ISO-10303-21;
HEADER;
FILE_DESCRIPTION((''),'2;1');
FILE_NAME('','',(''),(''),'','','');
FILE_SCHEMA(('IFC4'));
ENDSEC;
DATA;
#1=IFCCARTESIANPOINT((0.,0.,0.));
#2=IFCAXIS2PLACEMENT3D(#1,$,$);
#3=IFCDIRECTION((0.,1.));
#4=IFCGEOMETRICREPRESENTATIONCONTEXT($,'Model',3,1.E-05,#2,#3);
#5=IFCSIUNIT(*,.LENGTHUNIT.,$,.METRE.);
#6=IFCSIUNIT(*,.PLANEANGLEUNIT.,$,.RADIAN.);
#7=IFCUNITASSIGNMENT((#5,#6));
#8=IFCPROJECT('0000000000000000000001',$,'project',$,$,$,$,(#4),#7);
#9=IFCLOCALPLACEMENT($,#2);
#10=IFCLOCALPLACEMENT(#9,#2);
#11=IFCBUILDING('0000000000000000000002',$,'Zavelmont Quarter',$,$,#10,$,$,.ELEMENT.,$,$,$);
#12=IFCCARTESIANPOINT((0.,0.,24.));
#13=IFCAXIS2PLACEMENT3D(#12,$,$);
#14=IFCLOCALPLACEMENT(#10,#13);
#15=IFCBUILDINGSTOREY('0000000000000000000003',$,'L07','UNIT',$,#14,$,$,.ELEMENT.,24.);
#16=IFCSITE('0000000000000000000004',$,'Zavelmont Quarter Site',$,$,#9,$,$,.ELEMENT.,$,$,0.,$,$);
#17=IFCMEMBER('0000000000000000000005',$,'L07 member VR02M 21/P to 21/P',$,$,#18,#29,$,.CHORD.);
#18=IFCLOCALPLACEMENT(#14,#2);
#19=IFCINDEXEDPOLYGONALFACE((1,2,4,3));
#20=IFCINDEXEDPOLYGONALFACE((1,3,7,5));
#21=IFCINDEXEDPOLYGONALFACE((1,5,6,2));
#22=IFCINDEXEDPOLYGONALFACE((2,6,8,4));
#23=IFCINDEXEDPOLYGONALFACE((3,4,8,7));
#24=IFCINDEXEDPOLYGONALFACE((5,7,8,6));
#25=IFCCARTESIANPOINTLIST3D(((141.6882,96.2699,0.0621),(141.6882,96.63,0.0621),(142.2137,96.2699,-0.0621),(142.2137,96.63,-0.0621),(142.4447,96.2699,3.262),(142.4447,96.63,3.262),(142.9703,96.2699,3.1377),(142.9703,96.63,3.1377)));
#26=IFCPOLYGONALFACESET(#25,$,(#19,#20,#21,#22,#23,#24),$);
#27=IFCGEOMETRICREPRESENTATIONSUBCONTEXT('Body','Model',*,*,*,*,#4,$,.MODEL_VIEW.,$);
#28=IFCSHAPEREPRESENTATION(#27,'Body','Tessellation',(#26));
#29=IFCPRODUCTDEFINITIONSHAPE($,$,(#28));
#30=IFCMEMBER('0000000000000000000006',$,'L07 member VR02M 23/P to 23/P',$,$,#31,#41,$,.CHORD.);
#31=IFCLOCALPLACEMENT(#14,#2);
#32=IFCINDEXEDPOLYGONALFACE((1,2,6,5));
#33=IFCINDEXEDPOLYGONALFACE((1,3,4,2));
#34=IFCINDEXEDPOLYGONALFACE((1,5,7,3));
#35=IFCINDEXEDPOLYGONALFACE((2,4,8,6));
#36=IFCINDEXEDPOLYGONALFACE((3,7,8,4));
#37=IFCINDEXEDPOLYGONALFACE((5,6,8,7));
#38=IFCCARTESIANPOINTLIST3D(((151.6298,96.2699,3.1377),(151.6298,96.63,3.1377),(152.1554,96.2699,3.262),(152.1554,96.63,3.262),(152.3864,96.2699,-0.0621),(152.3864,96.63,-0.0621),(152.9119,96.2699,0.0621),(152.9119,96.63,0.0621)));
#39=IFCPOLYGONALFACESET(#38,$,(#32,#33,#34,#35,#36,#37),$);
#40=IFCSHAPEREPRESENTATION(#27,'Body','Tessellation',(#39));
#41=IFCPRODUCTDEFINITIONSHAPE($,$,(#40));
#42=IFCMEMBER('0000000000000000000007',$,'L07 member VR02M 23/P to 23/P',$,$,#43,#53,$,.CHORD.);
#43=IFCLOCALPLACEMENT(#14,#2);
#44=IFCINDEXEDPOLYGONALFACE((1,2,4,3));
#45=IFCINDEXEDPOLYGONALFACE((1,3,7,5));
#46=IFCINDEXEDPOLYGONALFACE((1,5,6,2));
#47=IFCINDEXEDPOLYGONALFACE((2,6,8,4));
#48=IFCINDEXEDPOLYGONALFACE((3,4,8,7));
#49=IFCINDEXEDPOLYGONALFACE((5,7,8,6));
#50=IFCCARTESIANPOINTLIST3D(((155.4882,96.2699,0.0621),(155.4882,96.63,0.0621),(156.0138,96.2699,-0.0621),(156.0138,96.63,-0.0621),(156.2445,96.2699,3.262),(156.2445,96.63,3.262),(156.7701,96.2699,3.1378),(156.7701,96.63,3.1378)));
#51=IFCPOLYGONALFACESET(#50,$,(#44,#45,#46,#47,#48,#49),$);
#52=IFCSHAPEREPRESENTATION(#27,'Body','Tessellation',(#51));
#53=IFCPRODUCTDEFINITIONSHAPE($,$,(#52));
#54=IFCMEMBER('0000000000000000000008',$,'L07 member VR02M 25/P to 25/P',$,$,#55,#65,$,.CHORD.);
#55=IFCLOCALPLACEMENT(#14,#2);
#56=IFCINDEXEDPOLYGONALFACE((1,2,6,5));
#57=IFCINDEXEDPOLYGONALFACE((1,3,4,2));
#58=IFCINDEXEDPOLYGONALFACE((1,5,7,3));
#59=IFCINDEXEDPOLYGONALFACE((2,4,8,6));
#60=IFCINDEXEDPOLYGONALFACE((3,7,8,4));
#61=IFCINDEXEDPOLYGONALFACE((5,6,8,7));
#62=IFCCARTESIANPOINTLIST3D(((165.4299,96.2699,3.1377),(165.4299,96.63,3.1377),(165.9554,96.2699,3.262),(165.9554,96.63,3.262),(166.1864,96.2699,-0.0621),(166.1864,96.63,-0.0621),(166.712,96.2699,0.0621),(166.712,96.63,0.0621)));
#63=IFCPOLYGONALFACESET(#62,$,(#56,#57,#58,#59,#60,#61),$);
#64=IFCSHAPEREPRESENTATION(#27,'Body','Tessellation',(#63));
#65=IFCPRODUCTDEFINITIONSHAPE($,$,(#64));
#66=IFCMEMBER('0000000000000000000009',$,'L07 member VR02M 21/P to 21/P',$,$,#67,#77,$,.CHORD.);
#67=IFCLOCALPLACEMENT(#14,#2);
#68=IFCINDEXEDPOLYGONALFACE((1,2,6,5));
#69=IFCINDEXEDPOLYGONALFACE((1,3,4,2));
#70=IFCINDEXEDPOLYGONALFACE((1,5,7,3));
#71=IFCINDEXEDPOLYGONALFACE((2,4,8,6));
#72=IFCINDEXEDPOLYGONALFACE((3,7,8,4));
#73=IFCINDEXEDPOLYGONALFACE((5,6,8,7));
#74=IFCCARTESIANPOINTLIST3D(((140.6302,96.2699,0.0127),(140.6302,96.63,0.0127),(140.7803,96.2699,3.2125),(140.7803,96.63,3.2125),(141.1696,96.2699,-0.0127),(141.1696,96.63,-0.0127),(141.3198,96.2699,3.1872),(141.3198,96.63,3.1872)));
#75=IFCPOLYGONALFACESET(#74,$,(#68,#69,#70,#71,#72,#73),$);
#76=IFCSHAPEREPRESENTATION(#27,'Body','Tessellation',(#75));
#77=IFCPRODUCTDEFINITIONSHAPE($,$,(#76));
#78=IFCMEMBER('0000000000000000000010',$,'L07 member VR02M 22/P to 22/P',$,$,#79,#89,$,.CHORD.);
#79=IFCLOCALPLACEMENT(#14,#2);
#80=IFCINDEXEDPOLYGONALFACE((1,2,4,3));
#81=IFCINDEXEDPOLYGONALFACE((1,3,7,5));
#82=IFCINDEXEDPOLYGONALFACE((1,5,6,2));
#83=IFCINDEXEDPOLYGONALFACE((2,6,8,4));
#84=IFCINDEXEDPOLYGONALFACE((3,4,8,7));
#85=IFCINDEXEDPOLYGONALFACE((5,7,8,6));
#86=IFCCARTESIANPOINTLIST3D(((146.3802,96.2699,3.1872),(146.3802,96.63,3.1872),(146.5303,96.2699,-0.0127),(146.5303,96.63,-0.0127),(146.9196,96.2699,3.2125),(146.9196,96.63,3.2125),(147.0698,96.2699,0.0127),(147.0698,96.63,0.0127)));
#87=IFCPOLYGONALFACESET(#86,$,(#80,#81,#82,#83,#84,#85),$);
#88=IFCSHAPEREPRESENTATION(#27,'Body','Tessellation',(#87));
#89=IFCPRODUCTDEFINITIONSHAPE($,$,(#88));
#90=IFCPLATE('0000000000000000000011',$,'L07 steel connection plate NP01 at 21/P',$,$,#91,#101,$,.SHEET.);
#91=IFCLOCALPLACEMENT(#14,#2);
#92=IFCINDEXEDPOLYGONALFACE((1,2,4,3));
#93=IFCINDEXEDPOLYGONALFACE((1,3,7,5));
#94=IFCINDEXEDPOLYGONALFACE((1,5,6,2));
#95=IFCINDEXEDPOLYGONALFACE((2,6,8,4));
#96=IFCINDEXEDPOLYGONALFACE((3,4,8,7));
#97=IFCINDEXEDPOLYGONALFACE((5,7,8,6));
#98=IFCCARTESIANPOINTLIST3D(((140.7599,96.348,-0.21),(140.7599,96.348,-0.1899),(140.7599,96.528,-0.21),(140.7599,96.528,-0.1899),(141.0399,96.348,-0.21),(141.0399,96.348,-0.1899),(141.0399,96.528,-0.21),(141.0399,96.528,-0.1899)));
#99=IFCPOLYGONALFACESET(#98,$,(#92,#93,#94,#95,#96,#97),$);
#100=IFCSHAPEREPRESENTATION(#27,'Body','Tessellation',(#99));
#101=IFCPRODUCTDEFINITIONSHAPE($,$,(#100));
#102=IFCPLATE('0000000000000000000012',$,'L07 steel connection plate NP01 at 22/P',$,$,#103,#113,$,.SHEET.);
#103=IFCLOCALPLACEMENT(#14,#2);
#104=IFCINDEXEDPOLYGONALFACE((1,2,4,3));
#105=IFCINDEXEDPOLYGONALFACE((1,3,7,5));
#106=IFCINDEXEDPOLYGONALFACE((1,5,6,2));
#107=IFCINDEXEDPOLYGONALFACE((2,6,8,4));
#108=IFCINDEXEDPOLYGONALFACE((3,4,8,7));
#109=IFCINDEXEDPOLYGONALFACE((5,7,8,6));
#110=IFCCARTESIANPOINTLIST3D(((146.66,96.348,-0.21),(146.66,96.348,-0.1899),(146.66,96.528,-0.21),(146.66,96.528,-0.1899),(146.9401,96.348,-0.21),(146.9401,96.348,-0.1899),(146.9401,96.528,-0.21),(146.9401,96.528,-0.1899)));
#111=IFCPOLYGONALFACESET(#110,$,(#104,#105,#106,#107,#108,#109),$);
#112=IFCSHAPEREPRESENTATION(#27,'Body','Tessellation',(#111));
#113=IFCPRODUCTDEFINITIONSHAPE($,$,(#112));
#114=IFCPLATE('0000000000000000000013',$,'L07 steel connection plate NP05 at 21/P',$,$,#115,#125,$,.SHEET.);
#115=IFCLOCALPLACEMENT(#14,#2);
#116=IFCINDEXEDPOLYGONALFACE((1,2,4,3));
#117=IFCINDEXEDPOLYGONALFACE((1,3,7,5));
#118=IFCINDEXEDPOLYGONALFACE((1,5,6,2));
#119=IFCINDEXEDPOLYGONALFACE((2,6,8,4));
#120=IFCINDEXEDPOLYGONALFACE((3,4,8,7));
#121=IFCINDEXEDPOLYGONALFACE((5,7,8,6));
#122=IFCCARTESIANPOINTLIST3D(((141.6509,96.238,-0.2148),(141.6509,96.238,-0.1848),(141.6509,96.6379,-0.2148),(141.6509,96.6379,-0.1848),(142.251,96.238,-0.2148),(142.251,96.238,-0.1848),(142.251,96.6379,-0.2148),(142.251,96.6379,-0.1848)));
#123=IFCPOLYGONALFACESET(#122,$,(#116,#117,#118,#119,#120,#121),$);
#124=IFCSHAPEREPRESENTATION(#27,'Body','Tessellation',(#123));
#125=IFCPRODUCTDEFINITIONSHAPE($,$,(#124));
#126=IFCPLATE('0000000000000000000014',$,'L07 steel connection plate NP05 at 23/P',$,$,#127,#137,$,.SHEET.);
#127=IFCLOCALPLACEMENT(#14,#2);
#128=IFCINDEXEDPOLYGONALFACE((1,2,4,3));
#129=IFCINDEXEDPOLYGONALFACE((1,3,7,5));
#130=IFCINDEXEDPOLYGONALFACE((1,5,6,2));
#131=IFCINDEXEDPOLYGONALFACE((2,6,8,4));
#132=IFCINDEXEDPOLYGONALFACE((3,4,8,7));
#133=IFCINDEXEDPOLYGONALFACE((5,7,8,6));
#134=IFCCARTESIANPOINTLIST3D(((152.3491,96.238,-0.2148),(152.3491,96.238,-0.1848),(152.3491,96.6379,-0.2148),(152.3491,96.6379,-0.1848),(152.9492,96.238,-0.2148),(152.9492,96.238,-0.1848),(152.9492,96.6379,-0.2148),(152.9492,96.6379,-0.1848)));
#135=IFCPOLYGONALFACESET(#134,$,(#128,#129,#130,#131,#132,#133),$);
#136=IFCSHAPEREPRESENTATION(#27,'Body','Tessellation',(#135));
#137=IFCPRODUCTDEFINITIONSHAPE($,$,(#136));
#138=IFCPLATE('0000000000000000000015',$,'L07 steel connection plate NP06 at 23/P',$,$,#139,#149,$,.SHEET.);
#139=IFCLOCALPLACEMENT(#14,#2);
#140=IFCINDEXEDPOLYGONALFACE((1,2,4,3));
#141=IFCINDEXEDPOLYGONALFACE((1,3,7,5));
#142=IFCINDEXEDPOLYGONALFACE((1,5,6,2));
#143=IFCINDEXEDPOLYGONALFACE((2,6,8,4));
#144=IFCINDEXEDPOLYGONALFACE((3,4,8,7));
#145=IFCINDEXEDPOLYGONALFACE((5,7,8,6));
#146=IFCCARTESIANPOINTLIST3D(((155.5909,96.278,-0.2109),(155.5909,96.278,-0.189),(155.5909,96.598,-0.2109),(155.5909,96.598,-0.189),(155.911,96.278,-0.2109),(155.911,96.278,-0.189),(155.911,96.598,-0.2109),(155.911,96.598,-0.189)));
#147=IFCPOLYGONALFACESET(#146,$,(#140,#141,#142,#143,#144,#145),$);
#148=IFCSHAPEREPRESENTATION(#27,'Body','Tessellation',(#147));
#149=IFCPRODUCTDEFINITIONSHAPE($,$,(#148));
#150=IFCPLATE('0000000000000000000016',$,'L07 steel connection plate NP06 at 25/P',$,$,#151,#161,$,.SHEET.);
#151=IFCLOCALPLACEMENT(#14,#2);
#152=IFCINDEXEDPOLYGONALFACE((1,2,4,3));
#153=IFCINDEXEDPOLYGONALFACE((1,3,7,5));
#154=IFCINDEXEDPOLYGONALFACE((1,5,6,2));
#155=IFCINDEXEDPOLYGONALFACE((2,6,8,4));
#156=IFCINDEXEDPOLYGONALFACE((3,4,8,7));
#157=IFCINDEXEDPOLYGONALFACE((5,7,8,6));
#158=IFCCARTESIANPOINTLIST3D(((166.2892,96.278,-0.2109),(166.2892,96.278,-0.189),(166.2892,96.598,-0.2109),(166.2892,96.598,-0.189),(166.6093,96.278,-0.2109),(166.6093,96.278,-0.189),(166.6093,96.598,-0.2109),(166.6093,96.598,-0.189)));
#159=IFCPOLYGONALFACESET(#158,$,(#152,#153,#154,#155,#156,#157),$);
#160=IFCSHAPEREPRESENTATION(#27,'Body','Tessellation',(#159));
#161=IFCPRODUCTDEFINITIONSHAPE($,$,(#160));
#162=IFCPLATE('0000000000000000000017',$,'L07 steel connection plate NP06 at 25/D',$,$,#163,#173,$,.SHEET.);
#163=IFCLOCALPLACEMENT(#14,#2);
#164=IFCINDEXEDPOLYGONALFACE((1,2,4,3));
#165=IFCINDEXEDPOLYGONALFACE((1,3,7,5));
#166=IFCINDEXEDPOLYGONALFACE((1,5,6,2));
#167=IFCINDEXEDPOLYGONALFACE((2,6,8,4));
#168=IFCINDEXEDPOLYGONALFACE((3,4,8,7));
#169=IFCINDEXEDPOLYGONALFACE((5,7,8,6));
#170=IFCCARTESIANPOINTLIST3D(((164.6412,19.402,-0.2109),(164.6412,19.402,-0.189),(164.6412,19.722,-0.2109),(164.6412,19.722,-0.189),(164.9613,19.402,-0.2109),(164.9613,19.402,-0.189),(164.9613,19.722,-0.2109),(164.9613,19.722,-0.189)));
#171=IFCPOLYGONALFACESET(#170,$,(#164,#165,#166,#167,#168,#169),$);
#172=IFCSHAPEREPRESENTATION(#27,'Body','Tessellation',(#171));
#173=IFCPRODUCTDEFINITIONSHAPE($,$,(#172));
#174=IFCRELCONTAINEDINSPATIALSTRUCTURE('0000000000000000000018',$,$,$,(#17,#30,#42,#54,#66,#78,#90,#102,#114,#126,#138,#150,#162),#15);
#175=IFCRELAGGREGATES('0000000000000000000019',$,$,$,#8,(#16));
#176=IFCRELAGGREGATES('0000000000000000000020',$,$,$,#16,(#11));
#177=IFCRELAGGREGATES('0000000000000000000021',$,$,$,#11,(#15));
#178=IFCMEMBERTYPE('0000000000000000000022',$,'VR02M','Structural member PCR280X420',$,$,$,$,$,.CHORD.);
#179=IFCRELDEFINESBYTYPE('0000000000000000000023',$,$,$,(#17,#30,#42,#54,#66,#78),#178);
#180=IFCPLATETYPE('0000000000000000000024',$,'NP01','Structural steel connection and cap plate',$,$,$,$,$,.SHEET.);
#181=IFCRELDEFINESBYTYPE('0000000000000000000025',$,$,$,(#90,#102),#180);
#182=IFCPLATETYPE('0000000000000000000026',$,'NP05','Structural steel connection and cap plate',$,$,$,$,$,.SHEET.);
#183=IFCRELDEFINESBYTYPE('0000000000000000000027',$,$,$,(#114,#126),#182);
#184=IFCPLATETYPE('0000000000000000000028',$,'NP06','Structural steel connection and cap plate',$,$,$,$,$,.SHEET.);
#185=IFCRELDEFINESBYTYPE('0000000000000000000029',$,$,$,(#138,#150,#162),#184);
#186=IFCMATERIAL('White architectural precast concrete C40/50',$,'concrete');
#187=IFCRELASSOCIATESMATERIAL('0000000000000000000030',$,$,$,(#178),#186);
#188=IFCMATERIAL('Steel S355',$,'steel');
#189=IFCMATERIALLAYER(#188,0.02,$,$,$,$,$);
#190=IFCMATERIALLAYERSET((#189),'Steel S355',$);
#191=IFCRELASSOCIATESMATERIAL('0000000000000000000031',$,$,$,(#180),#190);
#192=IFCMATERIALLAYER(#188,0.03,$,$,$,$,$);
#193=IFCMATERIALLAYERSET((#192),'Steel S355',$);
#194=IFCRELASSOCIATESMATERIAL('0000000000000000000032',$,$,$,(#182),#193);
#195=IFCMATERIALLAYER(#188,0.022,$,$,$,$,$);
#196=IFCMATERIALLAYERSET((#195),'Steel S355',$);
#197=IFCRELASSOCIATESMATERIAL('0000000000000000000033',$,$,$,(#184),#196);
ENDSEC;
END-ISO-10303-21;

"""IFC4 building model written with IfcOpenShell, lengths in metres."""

from ifc_helpers import new_model, si_unit, direction, frame, origin, origin_2d, place, context, subcontext, project, spatial, rectangle, extrude, material, layer, layer_set, material_profile, profile_set, type_object, element, save


model = new_model("IFC4")

# Units and contexts
model_context = context("Model", 3, precision=1e-05, world=origin(), true_north=direction((0.0, 1.0)))
body_context = subcontext(model_context, "Body", "Model", "MODEL_VIEW")
ifc_project = project(units=[si_unit("LENGTHUNIT", "METRE"), si_unit("PLANEANGLEUNIT", "RADIAN")], contexts=[model_context])

# Site, building, storey
site_placement = place(None, origin())
site = spatial("IfcSite", under=ifc_project, at=site_placement, Name="Zavelmont Quarter Site", CompositionType="ELEMENT", RefElevation=0.0)
building_placement = place(site_placement, origin())
building = spatial("IfcBuilding", under=site, at=building_placement, Name="Zavelmont Quarter", CompositionType="ELEMENT")
storey_placement = place(building_placement, frame((0.0, 0.0, 24.0)))
storey = spatial("IfcBuildingStorey", under=building, at=storey_placement, Name="L07", Description="UNIT", CompositionType="ELEMENT", Elevation=24.0)

# Members
ifc_material_1 = material(Name="White architectural precast concrete C40/50", Category="concrete")
ifc_material_profile = material_profile(ifc_material_1, rectangle(XDim=0.3601, YDim=0.54, at=origin_2d()), Name="PCR280X420")
ifc_profile_set = profile_set([ifc_material_profile], Name="White architectural precast concrete C40/50")
member_type = type_object("IfcMemberType", Name="VR02M", Description="Structural member PCR280X420", PredefinedType="CHORD", material=ifc_profile_set)
for number, where, z_axis, x_axis, name in (
    (1, (141.9509, 96.45, 0.0), (0.230094, 0.0, 0.973168), (0.0, 1.0, 0.0), "L07 member VR02M 21/P to 21/P"),
    (2, (152.6492, 96.45, 0.0), (-0.230094, 0.0, 0.973168), (0.0, -1.0, 0.0), "L07 member VR02M 23/P to 23/P"),
    (3, (155.751, 96.45, 0.0), (0.230024, 0.0, 0.973185), (0.0, 1.0, 0.0), "L07 member VR02M 23/P to 23/P"),
    (4, (166.4492, 96.45, 0.0), (-0.230094, 0.0, 0.973168), (0.0, -1.0, 0.0), "L07 member VR02M 25/P to 25/P"),
):
    element("IfcMember", number, at=place(storey_placement, frame(where, z_axis=z_axis, x_axis=x_axis)), inside=storey, type_object=member_type, Name=name, PredefinedType="CHORD", context=body_context, shape_type="SweptSolid", body=[
        extrude(rectangle(XDim=0.3601, YDim=0.54, at=origin_2d()), origin(), (0.0, 0.0, 1.0), 3.2881),
    ])
for number, where, z_axis, x_axis, name in (
    (5, (140.8999, 96.45, 0.0), (0.04687, 0.0, 0.998901), (0.0, 1.0, 0.0), "L07 member VR02M 21/P to 21/P"),
    (6, (146.8, 96.45, 0.0), (-0.04687, 0.0, 0.998901), (0.0, -1.0, 0.0), "L07 member VR02M 22/P to 22/P"),
):
    element("IfcMember", number, at=place(storey_placement, frame(where, z_axis=z_axis, x_axis=x_axis)), inside=storey, type_object=member_type, Name=name, PredefinedType="CHORD", context=body_context, shape_type="SweptSolid", body=[
        extrude(rectangle(XDim=0.3601, YDim=0.54, at=origin_2d()), origin(), (0.0, 0.0, 1.0), 3.2034),
    ])

# Plates
ifc_material_2 = material(Name="Steel S355", Category="steel")
ifc_layer_1 = layer(ifc_material_2, 0.02)
ifc_layer_set_1 = layer_set([ifc_layer_1], Name="Steel S355")
plate_type_1 = type_object("IfcPlateType", Name="NP01", Description="Structural steel connection and cap plate", PredefinedType="SHEET", material=ifc_layer_set_1)
for number, where, z_axis, x_axis, name in (
    (7, (140.8999, 96.438, -0.21), (0.0, 0.0, 1.0), (1.0, 0.0, 0.0), "L07 steel connection plate NP01 at 21/P"),
    (8, (146.8, 96.438, -0.21), (0.0, 0.0, 1.0), (1.0, 0.0, 0.0), "L07 steel connection plate NP01 at 22/P"),
):
    element("IfcPlate", number, at=place(storey_placement, frame(where, z_axis=z_axis, x_axis=x_axis)), inside=storey, type_object=plate_type_1, Name=name, PredefinedType="SHEET", context=body_context, shape_type="SweptSolid", body=[
        extrude(rectangle(XDim=0.28, YDim=0.1799, at=origin_2d()), origin(), (0.0, 0.0, 1.0), 0.02),
    ])
ifc_layer_2 = layer(ifc_material_2, 0.03)
ifc_layer_set_2 = layer_set([ifc_layer_2], Name="Steel S355")
plate_type_2 = type_object("IfcPlateType", Name="NP05", Description="Structural steel connection and cap plate", PredefinedType="SHEET", material=ifc_layer_set_2)
for number, where, z_axis, x_axis, name in (
    (9, (141.9509, 96.438, -0.2148), (0.0, 0.0, 1.0), (1.0, 0.0, 0.0), "L07 steel connection plate NP05 at 21/P"),
    (10, (152.6492, 96.438, -0.2148), (0.0, 0.0, 1.0), (1.0, 0.0, 0.0), "L07 steel connection plate NP05 at 23/P"),
):
    element("IfcPlate", number, at=place(storey_placement, frame(where, z_axis=z_axis, x_axis=x_axis)), inside=storey, type_object=plate_type_2, Name=name, PredefinedType="SHEET", context=body_context, shape_type="SweptSolid", body=[
        extrude(rectangle(XDim=0.6001, YDim=0.3999, at=origin_2d()), origin(), (0.0, 0.0, 1.0), 0.03),
    ])
ifc_layer_3 = layer(ifc_material_2, 0.022)
ifc_layer_set_3 = layer_set([ifc_layer_3], Name="Steel S355")
plate_type_3 = type_object("IfcPlateType", Name="NP06", Description="Structural steel connection and cap plate", PredefinedType="SHEET", material=ifc_layer_set_3)
for number, where, z_axis, x_axis, name in (
    (11, (155.751, 96.438, -0.2109), (0.0, 0.0, 1.0), (1.0, 0.0, 0.0), "L07 steel connection plate NP06 at 23/P"),
    (12, (166.4492, 96.438, -0.2109), (0.0, 0.0, 1.0), (1.0, 0.0, 0.0), "L07 steel connection plate NP06 at 25/P"),
    (13, (164.8013, 19.562, -0.2109), (0.0, 0.0, 1.0), (1.0, 0.0, 0.0), "L07 steel connection plate NP06 at 25/D"),
):
    element("IfcPlate", number, at=place(storey_placement, frame(where, z_axis=z_axis, x_axis=x_axis)), inside=storey, type_object=plate_type_3, Name=name, PredefinedType="SHEET", context=body_context, shape_type="SweptSolid", body=[
        extrude(rectangle(XDim=0.3201, YDim=0.3201, at=origin_2d()), origin(), (0.0, 0.0, 1.0), 0.022),
    ])

save(model, "model.ifc")
